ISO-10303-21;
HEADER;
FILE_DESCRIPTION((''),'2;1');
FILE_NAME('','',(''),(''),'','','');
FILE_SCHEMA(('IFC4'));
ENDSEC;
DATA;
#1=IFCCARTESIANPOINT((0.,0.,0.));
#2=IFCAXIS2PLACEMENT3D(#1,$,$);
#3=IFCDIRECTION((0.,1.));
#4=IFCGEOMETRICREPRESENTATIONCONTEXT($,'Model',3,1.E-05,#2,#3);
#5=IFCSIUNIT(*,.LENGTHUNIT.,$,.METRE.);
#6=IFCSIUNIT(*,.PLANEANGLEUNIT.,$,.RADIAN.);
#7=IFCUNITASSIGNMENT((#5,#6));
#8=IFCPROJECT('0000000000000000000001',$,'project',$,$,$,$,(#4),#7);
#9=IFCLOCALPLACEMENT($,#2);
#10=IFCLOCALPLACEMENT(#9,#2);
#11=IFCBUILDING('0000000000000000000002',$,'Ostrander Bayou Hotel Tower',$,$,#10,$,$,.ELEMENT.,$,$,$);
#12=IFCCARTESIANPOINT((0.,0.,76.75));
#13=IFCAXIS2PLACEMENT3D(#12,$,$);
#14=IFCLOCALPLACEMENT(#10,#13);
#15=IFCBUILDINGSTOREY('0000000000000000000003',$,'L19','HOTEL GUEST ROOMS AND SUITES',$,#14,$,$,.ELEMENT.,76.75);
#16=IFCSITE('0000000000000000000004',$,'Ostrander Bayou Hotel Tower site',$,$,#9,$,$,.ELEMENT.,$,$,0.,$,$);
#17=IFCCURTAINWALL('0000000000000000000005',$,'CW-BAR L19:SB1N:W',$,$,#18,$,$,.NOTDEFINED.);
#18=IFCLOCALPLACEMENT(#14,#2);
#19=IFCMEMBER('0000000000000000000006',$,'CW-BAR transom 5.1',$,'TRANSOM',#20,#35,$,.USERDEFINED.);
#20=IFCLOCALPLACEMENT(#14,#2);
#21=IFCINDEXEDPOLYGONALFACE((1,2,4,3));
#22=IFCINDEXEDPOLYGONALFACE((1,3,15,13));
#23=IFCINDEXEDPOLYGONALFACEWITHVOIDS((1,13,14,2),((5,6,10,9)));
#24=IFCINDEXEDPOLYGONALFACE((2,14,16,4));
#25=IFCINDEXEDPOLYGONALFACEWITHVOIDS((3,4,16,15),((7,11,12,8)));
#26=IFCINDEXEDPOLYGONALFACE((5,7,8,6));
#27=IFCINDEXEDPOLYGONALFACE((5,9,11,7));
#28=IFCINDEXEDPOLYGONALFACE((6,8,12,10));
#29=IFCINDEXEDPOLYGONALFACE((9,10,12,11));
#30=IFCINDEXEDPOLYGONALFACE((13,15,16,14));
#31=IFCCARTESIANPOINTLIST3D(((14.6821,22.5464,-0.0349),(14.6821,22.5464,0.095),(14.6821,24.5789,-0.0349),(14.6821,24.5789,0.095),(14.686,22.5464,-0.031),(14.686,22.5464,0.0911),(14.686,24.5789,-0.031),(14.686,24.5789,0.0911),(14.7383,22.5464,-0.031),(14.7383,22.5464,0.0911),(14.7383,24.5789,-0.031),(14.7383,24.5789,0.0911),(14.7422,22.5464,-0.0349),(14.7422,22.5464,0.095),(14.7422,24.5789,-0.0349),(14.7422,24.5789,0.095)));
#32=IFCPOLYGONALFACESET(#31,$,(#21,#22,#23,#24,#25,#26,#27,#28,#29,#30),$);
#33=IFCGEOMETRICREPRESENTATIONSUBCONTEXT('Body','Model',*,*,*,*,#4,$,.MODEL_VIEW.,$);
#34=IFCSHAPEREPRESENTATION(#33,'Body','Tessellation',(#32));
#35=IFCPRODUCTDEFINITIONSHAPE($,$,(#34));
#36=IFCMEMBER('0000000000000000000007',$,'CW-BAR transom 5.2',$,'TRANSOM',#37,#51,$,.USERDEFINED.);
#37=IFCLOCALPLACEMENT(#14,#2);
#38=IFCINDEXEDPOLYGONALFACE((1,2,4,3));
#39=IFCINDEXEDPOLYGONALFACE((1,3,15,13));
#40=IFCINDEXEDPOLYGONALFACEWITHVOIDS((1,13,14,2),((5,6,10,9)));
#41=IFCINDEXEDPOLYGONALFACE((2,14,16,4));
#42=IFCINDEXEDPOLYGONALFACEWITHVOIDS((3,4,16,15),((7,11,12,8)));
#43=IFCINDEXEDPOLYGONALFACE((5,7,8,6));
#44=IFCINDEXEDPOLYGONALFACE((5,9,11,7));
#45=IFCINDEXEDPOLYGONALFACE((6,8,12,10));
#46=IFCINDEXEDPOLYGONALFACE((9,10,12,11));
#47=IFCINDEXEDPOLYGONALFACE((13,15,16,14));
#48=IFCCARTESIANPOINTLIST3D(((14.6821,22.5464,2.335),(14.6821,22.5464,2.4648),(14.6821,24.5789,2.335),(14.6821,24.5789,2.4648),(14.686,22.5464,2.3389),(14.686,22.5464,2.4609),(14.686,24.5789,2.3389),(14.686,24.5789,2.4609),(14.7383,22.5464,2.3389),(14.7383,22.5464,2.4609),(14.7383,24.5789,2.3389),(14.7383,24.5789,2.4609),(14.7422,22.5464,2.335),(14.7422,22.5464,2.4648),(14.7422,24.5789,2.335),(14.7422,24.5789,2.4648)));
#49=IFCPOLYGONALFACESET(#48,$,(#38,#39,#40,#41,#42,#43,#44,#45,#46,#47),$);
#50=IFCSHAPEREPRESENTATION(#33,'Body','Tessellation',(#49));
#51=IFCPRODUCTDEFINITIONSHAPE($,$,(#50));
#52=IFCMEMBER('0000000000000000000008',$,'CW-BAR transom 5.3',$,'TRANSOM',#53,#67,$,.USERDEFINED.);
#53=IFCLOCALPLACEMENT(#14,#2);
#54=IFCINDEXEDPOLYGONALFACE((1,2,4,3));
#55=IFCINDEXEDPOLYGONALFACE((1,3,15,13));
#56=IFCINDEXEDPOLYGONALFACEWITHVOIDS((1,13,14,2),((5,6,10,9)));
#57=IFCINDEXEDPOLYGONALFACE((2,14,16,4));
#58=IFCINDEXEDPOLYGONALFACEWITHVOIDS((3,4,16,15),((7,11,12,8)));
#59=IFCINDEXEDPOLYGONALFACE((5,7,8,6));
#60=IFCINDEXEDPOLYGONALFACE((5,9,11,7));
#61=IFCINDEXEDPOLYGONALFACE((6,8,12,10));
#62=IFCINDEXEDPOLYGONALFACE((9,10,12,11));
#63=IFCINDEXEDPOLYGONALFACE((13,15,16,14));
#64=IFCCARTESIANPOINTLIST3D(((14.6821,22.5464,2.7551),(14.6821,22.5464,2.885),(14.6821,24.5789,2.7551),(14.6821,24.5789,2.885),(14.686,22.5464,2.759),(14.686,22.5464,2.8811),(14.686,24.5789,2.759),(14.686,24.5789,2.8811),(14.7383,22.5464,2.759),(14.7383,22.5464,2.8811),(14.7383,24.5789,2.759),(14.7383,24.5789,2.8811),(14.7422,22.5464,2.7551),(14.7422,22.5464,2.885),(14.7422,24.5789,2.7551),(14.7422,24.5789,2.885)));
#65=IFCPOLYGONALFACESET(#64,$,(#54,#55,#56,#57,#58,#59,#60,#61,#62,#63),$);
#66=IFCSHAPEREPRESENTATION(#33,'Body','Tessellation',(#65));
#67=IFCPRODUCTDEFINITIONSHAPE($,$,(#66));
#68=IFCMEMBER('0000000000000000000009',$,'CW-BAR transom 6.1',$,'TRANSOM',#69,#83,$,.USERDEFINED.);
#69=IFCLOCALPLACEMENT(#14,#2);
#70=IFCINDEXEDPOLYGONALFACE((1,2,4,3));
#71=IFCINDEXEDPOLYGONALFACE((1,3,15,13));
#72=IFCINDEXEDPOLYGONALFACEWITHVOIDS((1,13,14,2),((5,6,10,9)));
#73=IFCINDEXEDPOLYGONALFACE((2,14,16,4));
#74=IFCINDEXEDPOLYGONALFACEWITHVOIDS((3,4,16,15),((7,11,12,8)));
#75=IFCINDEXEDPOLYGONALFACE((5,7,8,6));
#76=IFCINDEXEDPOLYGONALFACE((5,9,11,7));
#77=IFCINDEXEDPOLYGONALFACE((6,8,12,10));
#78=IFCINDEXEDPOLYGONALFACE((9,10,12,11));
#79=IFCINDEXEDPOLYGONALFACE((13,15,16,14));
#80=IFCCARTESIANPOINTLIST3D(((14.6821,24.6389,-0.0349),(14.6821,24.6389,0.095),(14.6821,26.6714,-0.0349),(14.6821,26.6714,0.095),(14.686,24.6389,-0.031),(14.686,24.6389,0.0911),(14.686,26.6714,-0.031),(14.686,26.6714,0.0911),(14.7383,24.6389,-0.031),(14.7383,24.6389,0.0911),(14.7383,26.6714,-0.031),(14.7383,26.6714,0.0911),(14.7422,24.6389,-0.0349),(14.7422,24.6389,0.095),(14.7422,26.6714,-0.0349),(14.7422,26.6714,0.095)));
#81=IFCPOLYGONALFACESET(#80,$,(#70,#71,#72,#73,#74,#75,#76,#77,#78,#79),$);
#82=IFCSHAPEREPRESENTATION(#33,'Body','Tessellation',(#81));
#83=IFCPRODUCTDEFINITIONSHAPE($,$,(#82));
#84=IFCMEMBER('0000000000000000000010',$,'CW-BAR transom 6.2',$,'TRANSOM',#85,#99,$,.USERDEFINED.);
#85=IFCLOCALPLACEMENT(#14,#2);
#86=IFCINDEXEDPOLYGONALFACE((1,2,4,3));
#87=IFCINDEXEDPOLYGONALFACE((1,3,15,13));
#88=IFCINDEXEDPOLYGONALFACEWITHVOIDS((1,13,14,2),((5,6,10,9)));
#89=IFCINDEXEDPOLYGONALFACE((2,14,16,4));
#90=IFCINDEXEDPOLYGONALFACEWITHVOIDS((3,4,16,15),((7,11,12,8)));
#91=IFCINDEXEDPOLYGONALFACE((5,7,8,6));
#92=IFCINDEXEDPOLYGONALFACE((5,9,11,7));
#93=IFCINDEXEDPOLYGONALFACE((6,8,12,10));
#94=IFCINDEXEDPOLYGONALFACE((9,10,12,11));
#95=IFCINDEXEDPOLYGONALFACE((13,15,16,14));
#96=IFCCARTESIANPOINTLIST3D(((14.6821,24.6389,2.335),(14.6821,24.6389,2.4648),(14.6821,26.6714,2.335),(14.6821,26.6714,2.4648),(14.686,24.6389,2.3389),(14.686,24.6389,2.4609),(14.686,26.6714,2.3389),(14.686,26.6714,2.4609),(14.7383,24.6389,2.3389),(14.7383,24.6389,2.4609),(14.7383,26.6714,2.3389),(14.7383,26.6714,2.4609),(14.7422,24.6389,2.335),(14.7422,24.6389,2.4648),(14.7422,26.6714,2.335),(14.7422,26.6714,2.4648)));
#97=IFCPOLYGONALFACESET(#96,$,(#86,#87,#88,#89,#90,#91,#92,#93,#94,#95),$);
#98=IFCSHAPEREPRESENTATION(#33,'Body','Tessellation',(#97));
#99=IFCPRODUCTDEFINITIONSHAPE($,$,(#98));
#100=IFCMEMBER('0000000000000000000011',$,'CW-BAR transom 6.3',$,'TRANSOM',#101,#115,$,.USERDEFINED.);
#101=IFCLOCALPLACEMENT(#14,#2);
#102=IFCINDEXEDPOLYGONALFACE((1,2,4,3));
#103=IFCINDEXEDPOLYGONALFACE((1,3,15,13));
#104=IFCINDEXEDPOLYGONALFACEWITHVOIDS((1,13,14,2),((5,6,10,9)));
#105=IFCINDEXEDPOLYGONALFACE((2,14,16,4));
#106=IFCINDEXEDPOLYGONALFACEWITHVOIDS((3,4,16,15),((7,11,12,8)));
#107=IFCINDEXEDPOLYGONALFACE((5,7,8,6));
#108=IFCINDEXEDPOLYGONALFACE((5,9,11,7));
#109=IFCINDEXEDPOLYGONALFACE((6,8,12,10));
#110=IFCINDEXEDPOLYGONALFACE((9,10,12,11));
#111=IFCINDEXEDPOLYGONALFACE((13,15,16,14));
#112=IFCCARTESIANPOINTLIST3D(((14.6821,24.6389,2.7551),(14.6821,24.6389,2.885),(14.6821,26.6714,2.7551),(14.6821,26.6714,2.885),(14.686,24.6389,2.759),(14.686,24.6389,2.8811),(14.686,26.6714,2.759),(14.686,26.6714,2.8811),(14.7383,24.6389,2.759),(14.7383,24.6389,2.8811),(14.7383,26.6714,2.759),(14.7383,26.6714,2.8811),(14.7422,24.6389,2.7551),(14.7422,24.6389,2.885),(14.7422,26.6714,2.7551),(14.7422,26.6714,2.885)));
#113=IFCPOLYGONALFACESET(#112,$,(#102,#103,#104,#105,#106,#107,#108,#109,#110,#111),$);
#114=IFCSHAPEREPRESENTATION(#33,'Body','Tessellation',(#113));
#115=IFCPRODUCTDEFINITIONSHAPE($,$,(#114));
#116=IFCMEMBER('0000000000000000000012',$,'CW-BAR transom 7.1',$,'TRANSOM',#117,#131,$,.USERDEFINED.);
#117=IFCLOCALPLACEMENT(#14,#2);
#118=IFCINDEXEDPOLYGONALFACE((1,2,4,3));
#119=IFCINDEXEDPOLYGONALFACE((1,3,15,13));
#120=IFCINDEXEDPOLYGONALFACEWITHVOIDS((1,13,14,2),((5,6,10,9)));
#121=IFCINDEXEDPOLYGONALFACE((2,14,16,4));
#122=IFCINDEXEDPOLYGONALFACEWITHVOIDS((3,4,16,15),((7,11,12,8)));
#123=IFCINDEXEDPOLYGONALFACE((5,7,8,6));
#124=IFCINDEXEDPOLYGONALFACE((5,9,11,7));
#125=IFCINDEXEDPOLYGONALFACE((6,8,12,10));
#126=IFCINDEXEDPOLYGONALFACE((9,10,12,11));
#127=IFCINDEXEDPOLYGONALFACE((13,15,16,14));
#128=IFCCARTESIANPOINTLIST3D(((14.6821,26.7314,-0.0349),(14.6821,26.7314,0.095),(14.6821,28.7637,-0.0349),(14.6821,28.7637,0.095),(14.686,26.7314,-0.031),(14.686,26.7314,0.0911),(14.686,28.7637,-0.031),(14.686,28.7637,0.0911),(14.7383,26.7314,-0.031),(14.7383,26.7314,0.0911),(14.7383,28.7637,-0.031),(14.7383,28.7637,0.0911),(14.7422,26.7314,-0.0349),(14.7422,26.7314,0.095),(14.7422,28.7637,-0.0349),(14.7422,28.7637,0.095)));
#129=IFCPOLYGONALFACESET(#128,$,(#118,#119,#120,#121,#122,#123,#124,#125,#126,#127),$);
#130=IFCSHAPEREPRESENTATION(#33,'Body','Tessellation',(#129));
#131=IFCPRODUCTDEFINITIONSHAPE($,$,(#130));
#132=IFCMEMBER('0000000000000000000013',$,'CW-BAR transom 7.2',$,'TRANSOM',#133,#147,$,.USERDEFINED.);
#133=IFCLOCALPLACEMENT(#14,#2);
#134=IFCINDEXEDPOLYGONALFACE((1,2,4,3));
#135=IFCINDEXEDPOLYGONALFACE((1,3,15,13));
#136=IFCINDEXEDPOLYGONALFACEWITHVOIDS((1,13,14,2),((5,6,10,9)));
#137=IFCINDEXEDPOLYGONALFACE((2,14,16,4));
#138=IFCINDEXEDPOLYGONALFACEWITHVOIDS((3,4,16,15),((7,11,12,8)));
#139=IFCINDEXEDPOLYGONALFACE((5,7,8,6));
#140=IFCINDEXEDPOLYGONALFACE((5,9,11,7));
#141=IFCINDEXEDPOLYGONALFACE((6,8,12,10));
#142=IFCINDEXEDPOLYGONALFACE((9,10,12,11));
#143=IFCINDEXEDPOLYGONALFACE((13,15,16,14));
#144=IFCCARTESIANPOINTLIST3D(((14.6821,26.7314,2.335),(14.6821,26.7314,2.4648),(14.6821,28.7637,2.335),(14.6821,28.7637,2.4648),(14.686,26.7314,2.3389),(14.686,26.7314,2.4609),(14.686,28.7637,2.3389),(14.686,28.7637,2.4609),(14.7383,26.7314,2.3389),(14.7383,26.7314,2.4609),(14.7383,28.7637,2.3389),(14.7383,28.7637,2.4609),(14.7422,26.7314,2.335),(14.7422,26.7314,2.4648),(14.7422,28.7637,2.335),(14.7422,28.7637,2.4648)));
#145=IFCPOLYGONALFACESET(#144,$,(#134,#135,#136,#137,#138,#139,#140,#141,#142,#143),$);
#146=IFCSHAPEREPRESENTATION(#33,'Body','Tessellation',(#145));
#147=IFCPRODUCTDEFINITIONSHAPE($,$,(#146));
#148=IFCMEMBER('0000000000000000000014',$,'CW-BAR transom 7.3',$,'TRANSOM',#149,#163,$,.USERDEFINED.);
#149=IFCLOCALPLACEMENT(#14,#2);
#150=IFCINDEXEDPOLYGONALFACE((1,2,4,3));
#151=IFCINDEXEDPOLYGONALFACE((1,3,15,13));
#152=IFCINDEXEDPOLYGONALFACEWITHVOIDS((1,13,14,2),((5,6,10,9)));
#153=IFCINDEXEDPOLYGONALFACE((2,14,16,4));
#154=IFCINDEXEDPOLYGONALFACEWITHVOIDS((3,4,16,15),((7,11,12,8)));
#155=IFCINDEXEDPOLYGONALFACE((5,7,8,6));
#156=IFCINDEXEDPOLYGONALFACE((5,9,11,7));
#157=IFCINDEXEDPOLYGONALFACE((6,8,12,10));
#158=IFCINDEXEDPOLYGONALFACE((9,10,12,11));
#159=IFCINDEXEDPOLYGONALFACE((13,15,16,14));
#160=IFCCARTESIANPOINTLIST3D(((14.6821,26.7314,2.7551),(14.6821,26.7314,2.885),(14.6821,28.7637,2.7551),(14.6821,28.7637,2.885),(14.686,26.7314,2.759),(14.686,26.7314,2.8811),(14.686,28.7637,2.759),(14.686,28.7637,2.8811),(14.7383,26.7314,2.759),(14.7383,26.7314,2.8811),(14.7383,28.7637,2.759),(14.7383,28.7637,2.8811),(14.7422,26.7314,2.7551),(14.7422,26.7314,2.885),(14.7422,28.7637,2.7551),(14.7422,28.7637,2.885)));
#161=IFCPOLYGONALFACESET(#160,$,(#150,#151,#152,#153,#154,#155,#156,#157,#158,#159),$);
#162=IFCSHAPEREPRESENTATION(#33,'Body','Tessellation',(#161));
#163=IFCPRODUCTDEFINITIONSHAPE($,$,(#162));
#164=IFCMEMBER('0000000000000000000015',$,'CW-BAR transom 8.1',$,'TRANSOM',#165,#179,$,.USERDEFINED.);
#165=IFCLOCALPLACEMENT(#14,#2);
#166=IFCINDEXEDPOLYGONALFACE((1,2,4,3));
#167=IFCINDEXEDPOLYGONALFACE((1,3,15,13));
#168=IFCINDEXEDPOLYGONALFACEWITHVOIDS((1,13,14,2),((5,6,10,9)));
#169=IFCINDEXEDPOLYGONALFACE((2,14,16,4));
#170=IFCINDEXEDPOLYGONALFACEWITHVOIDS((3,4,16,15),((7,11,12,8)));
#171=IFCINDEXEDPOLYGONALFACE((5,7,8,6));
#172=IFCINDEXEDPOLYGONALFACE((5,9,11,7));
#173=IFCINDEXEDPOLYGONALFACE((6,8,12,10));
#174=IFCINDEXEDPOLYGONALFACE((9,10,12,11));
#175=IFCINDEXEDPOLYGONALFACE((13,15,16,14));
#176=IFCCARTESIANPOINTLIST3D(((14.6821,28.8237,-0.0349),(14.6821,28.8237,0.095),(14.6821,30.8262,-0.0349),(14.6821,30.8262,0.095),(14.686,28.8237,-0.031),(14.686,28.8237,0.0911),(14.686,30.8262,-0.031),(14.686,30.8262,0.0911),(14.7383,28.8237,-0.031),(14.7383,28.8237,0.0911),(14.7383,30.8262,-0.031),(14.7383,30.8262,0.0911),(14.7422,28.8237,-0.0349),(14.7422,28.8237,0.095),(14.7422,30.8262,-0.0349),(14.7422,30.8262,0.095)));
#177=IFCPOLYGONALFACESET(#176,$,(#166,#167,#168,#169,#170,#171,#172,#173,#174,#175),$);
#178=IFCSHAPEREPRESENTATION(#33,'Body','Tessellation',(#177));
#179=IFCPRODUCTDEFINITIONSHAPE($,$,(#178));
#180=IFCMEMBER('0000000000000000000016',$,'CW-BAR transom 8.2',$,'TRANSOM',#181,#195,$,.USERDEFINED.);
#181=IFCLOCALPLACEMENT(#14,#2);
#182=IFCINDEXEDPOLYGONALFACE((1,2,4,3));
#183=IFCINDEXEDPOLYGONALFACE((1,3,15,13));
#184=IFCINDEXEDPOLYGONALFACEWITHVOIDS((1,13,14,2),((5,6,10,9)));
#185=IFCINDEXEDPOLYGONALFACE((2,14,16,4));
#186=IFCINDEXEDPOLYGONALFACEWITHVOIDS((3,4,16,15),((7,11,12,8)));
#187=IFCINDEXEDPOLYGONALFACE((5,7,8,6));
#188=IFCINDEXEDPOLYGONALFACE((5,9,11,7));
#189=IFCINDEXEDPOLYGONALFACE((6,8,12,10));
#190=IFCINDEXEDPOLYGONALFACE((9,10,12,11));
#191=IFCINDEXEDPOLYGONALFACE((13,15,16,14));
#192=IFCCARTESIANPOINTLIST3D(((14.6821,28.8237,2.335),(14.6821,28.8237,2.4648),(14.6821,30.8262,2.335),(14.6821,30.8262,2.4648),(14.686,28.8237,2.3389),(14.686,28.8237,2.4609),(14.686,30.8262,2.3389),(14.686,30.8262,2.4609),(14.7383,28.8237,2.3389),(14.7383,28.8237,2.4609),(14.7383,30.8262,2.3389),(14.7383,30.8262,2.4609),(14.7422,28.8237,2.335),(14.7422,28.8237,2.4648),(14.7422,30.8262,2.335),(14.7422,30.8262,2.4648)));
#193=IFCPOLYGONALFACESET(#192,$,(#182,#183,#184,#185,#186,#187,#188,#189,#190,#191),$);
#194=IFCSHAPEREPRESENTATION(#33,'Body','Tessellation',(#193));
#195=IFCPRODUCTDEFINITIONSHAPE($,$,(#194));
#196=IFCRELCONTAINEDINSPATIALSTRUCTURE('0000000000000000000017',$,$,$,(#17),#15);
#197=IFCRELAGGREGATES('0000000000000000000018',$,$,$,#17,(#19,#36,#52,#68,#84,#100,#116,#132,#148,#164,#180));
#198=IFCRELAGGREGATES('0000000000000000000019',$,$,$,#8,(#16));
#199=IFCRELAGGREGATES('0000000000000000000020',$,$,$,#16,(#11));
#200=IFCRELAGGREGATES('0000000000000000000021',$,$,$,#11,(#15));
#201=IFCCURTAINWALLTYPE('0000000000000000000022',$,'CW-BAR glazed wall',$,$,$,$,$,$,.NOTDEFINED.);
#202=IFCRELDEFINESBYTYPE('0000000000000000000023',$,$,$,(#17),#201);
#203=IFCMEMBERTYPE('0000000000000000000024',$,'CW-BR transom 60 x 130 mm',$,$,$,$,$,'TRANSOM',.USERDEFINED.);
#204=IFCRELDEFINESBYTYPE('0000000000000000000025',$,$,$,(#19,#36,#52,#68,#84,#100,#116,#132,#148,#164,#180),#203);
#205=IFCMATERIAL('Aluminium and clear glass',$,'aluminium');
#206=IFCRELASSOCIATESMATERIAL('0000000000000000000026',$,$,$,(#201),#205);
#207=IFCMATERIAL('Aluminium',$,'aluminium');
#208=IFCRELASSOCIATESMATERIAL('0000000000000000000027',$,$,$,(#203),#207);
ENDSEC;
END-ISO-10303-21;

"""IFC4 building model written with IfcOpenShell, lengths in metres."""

from ifc_helpers import new_model, si_unit, direction, frame, origin, origin_2d, place, context, subcontext, project, spatial, hollow_rectangle, extrude, material, material_profile, profile_set, type_object, element, aggregate, save


model = new_model("IFC4")

# Units and contexts
model_context = context("Model", 3, precision=1e-05, world=origin(), true_north=direction((0.0, 1.0)))
body_context = subcontext(model_context, "Body", "Model", "MODEL_VIEW")
ifc_project = project(units=[si_unit("LENGTHUNIT", "METRE"), si_unit("PLANEANGLEUNIT", "RADIAN")], contexts=[model_context])

# Site, building, storey
site_placement = place(None, origin())
site = spatial("IfcSite", under=ifc_project, at=site_placement, Name="Ostrander Bayou Hotel Tower site", CompositionType="ELEMENT", RefElevation=0.0)
building_placement = place(site_placement, origin())
building = spatial("IfcBuilding", under=site, at=building_placement, Name="Ostrander Bayou Hotel Tower", CompositionType="ELEMENT")
storey_placement = place(building_placement, frame((0.0, 0.0, 76.75)))
storey = spatial("IfcBuildingStorey", under=building, at=storey_placement, Name="L19", Description="HOTEL GUEST ROOMS AND SUITES", CompositionType="ELEMENT", Elevation=76.75)

# Curtain wall
ifc_material_1 = material(Name="Aluminium and clear glass", Category="aluminium")
curtain_wall_type = type_object("IfcCurtainWallType", Name="CW-BAR glazed wall", PredefinedType="NOTDEFINED", material=ifc_material_1)
curtain_wall_1_placement = place(storey_placement, origin())
curtain_wall_1 = element("IfcCurtainWall", 1, at=curtain_wall_1_placement, inside=storey, type_object=curtain_wall_type, Name="CW-BAR L19:SB1N:W", PredefinedType="NOTDEFINED")

# Members
ifc_material_2 = material(Name="Aluminium", Category="aluminium")
ifc_material_profile_1 = material_profile(ifc_material_2, hollow_rectangle(XDim=0.0601, YDim=0.1299, WallThickness=0.0039, at=origin_2d()))
ifc_profile_set_1 = profile_set([ifc_material_profile_1], Name="Aluminium")
member_type_1 = type_object("IfcMemberType", Name="CW-BR transom 60 x 130 mm", ElementType="TRANSOM", PredefinedType="USERDEFINED", material=ifc_profile_set_1)
member_1_placement = place(storey_placement, frame((14.7122, 22.5464, 0.03), z_axis=(0.0, 1.0, 0.0), x_axis=(-1.0, 0.0, 0.0)))
member_1 = element("IfcMember", 2, at=member_1_placement, type_object=member_type_1, Name="CW-BAR transom 5.1", ObjectType="TRANSOM", PredefinedType="USERDEFINED", context=body_context, shape_type="SweptSolid", body=[
    extrude(hollow_rectangle(XDim=0.0601, YDim=0.1299, WallThickness=0.0039, at=origin_2d()), origin(), (0.0, 0.0, 1.0), 2.0325),
])
member_2_placement = place(storey_placement, frame((14.7122, 22.5464, 2.3999), z_axis=(0.0, 1.0, 0.0), x_axis=(-1.0, 0.0, 0.0)))
member_2 = element("IfcMember", 3, at=member_2_placement, type_object=member_type_1, Name="CW-BAR transom 5.2", ObjectType="TRANSOM", PredefinedType="USERDEFINED", context=body_context, shape_type="SweptSolid", body=[
    extrude(hollow_rectangle(XDim=0.0601, YDim=0.1299, WallThickness=0.0039, at=origin_2d()), origin(), (0.0, 0.0, 1.0), 2.0325),
])
member_3_placement = place(storey_placement, frame((14.7122, 22.5464, 2.8201), z_axis=(0.0, 1.0, 0.0), x_axis=(-1.0, 0.0, 0.0)))
member_3 = element("IfcMember", 4, at=member_3_placement, type_object=member_type_1, Name="CW-BAR transom 5.3", ObjectType="TRANSOM", PredefinedType="USERDEFINED", context=body_context, shape_type="SweptSolid", body=[
    extrude(hollow_rectangle(XDim=0.0601, YDim=0.1299, WallThickness=0.0039, at=origin_2d()), origin(), (0.0, 0.0, 1.0), 2.0325),
])
member_4_placement = place(storey_placement, frame((14.7122, 24.6389, 0.03), z_axis=(0.0, 1.0, 0.0), x_axis=(-1.0, 0.0, 0.0)))
member_4 = element("IfcMember", 5, at=member_4_placement, type_object=member_type_1, Name="CW-BAR transom 6.1", ObjectType="TRANSOM", PredefinedType="USERDEFINED", context=body_context, shape_type="SweptSolid", body=[
    extrude(hollow_rectangle(XDim=0.0601, YDim=0.1299, WallThickness=0.0039, at=origin_2d()), origin(), (0.0, 0.0, 1.0), 2.0325),
])
member_5_placement = place(storey_placement, frame((14.7122, 24.6389, 2.3999), z_axis=(0.0, 1.0, 0.0), x_axis=(-1.0, 0.0, 0.0)))
member_5 = element("IfcMember", 6, at=member_5_placement, type_object=member_type_1, Name="CW-BAR transom 6.2", ObjectType="TRANSOM", PredefinedType="USERDEFINED", context=body_context, shape_type="SweptSolid", body=[
    extrude(hollow_rectangle(XDim=0.0601, YDim=0.1299, WallThickness=0.0039, at=origin_2d()), origin(), (0.0, 0.0, 1.0), 2.0325),
])
member_6_placement = place(storey_placement, frame((14.7122, 24.6389, 2.8201), z_axis=(0.0, 1.0, 0.0), x_axis=(-1.0, 0.0, 0.0)))
member_6 = element("IfcMember", 7, at=member_6_placement, type_object=member_type_1, Name="CW-BAR transom 6.3", ObjectType="TRANSOM", PredefinedType="USERDEFINED", context=body_context, shape_type="SweptSolid", body=[
    extrude(hollow_rectangle(XDim=0.0601, YDim=0.1299, WallThickness=0.0039, at=origin_2d()), origin(), (0.0, 0.0, 1.0), 2.0325),
])
member_7_placement = place(storey_placement, frame((14.7122, 26.7314, 0.03), z_axis=(0.0, 1.0, 0.0), x_axis=(-1.0, 0.0, 0.0)))
member_7 = element("IfcMember", 8, at=member_7_placement, type_object=member_type_1, Name="CW-BAR transom 7.1", ObjectType="TRANSOM", PredefinedType="USERDEFINED", context=body_context, shape_type="SweptSolid", body=[
    extrude(hollow_rectangle(XDim=0.0601, YDim=0.1299, WallThickness=0.0039, at=origin_2d()), origin(), (0.0, 0.0, 1.0), 2.0322),
])
member_8_placement = place(storey_placement, frame((14.7122, 26.7314, 2.3999), z_axis=(0.0, 1.0, 0.0), x_axis=(-1.0, 0.0, 0.0)))
member_8 = element("IfcMember", 9, at=member_8_placement, type_object=member_type_1, Name="CW-BAR transom 7.2", ObjectType="TRANSOM", PredefinedType="USERDEFINED", context=body_context, shape_type="SweptSolid", body=[
    extrude(hollow_rectangle(XDim=0.0601, YDim=0.1299, WallThickness=0.0039, at=origin_2d()), origin(), (0.0, 0.0, 1.0), 2.0322),
])
member_9_placement = place(storey_placement, frame((14.7122, 26.7314, 2.8201), z_axis=(0.0, 1.0, 0.0), x_axis=(-1.0, 0.0, 0.0)))
member_9 = element("IfcMember", 10, at=member_9_placement, type_object=member_type_1, Name="CW-BAR transom 7.3", ObjectType="TRANSOM", PredefinedType="USERDEFINED", context=body_context, shape_type="SweptSolid", body=[
    extrude(hollow_rectangle(XDim=0.0601, YDim=0.1299, WallThickness=0.0039, at=origin_2d()), origin(), (0.0, 0.0, 1.0), 2.0322),
])
member_10_placement = place(storey_placement, frame((14.7122, 28.8237, 0.03), z_axis=(0.0, 1.0, 0.0), x_axis=(-1.0, 0.0, 0.0)))
member_10 = element("IfcMember", 11, at=member_10_placement, type_object=member_type_1, Name="CW-BAR transom 8.1", ObjectType="TRANSOM", PredefinedType="USERDEFINED", context=body_context, shape_type="SweptSolid", body=[
    extrude(hollow_rectangle(XDim=0.0601, YDim=0.1299, WallThickness=0.0039, at=origin_2d()), origin(), (0.0, 0.0, 1.0), 2.0024),
])
member_11_placement = place(storey_placement, frame((14.7122, 28.8237, 2.3999), z_axis=(0.0, 1.0, 0.0), x_axis=(-1.0, 0.0, 0.0)))
member_11 = element("IfcMember", 12, at=member_11_placement, type_object=member_type_1, Name="CW-BAR transom 8.2", ObjectType="TRANSOM", PredefinedType="USERDEFINED", context=body_context, shape_type="SweptSolid", body=[
    extrude(hollow_rectangle(XDim=0.0601, YDim=0.1299, WallThickness=0.0039, at=origin_2d()), origin(), (0.0, 0.0, 1.0), 2.0024),
])

aggregate(curtain_wall_1, [member_1, member_2, member_3, member_4, member_5, member_6, member_7, member_8, member_9, member_10, member_11])

save(model, "model.ifc")
